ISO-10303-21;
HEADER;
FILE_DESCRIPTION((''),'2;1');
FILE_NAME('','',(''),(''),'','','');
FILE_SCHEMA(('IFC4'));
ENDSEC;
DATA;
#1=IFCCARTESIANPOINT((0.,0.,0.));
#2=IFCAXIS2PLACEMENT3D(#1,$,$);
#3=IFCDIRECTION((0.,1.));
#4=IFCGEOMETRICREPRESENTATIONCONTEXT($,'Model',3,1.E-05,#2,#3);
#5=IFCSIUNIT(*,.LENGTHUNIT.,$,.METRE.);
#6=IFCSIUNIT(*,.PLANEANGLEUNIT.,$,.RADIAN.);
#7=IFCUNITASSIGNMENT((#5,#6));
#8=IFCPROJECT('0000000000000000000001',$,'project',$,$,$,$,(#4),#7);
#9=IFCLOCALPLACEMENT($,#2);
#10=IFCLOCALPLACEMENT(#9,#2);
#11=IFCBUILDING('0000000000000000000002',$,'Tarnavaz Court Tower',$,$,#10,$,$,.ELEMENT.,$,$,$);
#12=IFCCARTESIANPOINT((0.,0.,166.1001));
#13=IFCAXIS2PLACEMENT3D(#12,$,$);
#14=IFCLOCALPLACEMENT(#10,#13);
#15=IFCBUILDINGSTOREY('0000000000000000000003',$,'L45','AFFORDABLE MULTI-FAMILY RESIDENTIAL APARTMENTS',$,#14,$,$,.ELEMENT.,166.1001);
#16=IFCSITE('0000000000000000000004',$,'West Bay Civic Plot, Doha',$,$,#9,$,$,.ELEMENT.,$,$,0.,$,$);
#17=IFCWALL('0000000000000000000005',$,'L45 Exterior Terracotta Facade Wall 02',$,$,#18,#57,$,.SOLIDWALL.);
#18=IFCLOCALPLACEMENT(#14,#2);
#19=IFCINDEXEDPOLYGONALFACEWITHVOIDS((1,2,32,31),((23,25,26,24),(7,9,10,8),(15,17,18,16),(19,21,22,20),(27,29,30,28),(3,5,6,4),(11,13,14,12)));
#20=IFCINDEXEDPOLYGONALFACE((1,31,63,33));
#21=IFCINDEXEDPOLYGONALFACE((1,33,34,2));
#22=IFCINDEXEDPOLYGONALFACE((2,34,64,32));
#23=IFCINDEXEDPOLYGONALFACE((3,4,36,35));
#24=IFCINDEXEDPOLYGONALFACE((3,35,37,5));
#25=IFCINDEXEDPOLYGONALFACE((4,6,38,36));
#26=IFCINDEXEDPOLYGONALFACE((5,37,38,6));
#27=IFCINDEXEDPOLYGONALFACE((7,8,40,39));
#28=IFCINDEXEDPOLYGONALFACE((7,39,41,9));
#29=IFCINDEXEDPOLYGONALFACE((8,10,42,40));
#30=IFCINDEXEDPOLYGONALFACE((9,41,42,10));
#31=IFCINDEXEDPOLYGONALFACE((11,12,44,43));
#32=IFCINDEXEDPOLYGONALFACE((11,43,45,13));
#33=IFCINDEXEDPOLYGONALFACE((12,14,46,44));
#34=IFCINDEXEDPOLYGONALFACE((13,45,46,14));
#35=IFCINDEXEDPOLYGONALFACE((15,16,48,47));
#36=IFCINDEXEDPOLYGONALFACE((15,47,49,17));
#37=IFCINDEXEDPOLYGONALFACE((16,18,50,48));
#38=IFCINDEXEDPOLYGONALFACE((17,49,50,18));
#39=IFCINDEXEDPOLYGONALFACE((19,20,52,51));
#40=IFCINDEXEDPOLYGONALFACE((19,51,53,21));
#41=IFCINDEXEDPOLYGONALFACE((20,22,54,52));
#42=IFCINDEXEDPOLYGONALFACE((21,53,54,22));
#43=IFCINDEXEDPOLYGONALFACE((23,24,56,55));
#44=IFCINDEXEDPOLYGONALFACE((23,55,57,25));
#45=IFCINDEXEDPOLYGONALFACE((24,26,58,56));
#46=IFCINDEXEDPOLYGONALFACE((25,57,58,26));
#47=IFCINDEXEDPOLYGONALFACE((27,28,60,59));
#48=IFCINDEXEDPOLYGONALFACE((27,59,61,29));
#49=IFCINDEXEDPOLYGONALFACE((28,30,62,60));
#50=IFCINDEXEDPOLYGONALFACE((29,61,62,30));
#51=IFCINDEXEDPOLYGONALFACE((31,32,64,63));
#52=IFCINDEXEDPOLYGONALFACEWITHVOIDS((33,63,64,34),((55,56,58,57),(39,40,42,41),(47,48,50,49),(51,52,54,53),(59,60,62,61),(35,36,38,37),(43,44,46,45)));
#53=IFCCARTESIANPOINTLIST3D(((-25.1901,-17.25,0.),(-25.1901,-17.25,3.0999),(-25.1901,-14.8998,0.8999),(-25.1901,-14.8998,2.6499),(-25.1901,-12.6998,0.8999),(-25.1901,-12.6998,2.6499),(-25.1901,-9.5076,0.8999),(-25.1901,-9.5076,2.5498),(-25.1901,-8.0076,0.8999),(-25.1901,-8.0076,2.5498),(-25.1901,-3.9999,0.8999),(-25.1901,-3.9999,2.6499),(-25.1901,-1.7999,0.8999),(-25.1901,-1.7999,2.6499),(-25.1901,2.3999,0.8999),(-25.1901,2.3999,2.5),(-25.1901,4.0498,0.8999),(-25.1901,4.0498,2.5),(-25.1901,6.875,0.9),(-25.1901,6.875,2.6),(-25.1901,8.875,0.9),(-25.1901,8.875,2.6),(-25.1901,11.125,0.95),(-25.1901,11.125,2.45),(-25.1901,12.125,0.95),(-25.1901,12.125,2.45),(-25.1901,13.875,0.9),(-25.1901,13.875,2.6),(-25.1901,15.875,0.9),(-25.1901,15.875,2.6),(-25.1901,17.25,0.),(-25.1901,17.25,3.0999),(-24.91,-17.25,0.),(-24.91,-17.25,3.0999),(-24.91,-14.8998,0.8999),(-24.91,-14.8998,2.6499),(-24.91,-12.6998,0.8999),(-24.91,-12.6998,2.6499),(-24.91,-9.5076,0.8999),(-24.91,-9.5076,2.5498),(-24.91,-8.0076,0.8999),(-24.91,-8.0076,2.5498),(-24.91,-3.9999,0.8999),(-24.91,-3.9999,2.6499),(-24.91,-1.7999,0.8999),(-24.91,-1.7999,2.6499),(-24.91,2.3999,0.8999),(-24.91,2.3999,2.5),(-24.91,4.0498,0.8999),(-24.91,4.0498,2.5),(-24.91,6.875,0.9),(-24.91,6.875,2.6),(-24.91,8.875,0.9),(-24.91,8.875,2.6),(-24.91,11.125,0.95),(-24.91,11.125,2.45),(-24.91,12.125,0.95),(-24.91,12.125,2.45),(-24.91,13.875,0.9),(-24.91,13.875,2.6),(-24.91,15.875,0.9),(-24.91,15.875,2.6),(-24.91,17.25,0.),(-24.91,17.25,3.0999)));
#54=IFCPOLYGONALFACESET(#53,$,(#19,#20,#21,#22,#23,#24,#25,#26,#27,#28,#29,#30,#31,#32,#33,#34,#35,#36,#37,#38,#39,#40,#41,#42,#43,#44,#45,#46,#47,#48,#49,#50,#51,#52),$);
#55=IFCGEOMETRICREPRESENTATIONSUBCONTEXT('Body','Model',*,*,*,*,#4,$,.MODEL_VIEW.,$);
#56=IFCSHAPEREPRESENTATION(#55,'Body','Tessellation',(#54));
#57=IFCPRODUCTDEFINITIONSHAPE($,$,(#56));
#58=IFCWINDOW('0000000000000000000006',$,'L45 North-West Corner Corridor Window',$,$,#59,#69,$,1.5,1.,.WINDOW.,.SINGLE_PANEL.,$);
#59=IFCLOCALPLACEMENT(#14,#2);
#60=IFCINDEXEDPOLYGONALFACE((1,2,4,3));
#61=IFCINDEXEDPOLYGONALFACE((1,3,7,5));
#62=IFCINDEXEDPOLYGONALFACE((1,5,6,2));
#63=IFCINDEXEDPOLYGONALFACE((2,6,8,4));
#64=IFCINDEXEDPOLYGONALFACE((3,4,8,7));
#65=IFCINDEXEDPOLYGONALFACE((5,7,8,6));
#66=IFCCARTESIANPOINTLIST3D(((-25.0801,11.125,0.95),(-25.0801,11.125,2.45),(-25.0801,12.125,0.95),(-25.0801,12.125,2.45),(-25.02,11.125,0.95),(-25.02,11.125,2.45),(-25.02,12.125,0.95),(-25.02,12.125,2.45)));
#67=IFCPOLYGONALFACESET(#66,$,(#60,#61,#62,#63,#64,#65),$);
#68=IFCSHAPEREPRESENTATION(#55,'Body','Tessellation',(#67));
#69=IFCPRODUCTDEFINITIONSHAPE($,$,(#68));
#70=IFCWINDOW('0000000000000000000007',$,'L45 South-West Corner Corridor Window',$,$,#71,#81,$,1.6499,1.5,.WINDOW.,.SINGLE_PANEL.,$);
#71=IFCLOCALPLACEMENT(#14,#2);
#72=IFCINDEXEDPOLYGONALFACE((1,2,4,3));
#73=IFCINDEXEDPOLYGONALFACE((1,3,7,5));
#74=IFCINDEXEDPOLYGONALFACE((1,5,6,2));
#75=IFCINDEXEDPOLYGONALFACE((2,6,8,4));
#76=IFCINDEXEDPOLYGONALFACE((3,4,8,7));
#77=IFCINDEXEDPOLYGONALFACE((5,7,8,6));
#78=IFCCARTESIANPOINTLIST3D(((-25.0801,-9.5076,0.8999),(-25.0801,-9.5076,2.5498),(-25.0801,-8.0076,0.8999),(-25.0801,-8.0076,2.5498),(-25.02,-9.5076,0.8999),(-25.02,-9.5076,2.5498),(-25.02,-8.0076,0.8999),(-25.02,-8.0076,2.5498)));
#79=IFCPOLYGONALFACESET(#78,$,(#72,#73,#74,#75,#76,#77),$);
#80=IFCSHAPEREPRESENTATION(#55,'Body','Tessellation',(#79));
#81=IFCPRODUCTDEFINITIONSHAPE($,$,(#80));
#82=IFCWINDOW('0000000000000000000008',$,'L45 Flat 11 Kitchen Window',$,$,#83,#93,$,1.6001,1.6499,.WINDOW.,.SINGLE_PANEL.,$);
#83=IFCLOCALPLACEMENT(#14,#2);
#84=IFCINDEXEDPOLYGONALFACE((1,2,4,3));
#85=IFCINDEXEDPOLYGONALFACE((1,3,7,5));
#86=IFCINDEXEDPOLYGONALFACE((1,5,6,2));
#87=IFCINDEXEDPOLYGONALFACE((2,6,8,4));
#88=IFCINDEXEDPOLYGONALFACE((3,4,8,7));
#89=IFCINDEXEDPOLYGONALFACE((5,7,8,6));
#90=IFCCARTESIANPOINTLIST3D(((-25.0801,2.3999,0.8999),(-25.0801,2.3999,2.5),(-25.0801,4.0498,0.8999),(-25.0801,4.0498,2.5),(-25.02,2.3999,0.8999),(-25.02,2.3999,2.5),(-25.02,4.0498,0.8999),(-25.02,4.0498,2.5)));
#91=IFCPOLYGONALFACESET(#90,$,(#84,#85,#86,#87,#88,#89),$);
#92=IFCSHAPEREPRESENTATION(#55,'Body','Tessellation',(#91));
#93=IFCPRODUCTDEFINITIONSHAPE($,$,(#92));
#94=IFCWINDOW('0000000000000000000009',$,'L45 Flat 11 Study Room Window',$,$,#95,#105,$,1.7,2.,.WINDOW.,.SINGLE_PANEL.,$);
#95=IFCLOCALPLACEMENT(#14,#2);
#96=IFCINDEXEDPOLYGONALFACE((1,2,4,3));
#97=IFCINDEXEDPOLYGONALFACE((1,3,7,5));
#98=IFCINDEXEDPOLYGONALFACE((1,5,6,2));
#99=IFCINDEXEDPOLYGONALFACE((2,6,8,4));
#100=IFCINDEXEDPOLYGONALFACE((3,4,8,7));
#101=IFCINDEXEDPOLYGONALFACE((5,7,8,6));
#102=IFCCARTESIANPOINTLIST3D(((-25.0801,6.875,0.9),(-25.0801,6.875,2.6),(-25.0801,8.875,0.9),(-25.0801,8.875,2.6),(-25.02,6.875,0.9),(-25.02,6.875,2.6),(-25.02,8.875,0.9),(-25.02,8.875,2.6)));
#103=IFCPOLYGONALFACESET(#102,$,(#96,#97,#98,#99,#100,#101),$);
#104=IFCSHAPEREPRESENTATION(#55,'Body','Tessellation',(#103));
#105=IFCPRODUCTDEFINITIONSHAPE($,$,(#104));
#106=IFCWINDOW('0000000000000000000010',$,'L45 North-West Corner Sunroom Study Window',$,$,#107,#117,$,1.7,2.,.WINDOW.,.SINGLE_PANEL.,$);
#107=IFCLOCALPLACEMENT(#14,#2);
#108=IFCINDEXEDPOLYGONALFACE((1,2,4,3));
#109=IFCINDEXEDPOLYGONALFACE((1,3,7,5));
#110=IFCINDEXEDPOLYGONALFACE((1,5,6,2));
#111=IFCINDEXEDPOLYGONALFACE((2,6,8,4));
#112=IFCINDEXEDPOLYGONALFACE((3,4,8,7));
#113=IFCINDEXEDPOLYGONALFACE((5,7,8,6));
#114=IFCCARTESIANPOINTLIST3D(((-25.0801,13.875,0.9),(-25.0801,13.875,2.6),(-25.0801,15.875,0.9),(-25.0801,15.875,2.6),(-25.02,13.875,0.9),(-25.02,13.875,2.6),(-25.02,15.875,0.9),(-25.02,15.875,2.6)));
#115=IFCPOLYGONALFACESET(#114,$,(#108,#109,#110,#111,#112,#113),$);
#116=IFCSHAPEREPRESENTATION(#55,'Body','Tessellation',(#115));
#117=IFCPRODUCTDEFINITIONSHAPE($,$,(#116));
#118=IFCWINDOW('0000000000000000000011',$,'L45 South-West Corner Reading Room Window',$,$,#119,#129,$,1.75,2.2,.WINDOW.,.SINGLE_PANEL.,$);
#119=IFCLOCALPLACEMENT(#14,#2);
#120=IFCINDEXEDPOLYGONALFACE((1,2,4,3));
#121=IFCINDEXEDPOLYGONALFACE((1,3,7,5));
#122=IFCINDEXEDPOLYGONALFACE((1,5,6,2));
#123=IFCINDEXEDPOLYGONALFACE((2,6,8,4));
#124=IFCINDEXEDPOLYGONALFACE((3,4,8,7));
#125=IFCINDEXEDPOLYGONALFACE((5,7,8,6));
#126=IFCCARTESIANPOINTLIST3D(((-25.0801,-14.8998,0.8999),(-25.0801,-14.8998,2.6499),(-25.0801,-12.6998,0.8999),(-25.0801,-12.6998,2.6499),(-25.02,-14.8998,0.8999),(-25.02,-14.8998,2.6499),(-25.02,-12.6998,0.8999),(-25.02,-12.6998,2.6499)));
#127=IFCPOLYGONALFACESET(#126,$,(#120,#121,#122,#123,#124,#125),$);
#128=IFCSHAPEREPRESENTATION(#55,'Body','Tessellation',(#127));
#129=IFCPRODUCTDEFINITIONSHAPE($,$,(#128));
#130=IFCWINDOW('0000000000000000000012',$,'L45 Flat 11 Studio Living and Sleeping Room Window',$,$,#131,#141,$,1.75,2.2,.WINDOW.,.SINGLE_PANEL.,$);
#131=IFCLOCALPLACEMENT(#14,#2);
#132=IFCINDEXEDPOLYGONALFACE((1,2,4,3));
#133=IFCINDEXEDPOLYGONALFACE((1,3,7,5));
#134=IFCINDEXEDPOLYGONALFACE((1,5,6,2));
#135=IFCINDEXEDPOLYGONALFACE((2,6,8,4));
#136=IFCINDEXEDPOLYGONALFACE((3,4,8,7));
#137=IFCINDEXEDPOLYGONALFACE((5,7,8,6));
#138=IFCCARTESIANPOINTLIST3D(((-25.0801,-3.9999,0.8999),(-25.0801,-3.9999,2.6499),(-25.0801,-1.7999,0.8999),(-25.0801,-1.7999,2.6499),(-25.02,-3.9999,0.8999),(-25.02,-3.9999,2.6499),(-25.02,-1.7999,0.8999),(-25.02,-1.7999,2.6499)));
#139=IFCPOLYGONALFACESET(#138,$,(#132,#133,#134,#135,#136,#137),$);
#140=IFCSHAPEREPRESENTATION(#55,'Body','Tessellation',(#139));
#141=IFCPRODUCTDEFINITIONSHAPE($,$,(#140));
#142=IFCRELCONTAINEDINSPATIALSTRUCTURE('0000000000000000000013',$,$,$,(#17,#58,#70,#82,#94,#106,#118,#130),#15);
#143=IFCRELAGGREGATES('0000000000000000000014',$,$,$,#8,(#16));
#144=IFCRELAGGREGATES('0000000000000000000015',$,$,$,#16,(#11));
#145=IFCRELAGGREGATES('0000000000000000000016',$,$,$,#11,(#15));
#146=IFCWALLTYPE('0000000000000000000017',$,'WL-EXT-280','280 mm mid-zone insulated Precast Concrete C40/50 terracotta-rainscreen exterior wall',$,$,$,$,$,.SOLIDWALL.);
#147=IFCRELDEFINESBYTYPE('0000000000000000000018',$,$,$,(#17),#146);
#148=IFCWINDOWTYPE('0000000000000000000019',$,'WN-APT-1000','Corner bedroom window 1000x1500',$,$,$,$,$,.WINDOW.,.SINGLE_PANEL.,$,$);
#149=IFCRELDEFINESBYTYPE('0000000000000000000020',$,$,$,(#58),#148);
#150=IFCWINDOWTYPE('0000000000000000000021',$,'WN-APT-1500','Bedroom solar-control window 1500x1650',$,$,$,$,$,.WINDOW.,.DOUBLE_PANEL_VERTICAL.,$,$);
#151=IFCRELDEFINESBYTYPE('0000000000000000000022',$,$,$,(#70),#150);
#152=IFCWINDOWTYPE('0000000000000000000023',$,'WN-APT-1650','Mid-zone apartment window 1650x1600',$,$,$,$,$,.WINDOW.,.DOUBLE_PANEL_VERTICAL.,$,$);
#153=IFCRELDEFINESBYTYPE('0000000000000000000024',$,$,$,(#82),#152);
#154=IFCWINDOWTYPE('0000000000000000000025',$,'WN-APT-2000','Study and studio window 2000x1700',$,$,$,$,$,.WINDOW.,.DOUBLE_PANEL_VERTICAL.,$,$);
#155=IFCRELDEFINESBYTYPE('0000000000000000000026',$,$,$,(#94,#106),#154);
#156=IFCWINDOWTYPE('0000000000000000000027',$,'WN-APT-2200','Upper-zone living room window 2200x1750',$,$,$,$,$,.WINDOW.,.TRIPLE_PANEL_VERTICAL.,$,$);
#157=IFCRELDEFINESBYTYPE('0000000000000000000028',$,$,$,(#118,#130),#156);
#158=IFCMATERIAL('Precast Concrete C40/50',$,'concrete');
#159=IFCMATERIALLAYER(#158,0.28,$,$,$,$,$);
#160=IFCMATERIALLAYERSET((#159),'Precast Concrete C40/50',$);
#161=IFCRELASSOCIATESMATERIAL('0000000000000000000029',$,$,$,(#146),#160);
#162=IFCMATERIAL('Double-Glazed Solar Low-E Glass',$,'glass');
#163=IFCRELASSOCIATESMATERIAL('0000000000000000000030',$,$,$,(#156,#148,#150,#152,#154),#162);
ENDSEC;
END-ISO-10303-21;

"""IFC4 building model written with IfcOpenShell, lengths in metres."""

from ifc_helpers import new_model, si_unit, direction, frame, frame_2d, origin, place, context, subcontext, project, spatial, rectangle, extrude, material, layer, layer_set, type_object, element, fill, save


model = new_model("IFC4")

# Units and contexts
model_context = context("Model", 3, precision=1e-05, world=origin(), true_north=direction((0.0, 1.0)))
body_context = subcontext(model_context, "Body", "Model", "MODEL_VIEW")
ifc_project = project(units=[si_unit("LENGTHUNIT", "METRE"), si_unit("PLANEANGLEUNIT", "RADIAN")], contexts=[model_context])

# Site, building, storey
site_placement = place(None, origin())
site = spatial("IfcSite", under=ifc_project, at=site_placement, Name="West Bay Civic Plot, Doha", CompositionType="ELEMENT", RefElevation=0.0)
building_placement = place(site_placement, origin())
building = spatial("IfcBuilding", under=site, at=building_placement, Name="Tarnavaz Court Tower", CompositionType="ELEMENT")
storey_placement = place(building_placement, frame((0.0, 0.0, 166.1001)))
storey = spatial("IfcBuildingStorey", under=building, at=storey_placement, Name="L45", Description="AFFORDABLE MULTI-FAMILY RESIDENTIAL APARTMENTS", CompositionType="ELEMENT", Elevation=166.1001)

# Shared definitions
ifc_material_1 = material(Name="Precast Concrete C40/50", Category="concrete")
ifc_layer_1 = layer(ifc_material_1, 0.28)
ifc_layer_set_1 = layer_set([ifc_layer_1], Name="Precast Concrete C40/50")
wall_type_1 = type_object("IfcWallType", Name="WL-EXT-280", Description="280 mm mid-zone insulated Precast Concrete C40/50 terracotta-rainscreen exterior wall", PredefinedType="SOLIDWALL", material=ifc_layer_set_1)
ifc_material_2 = material(Name="Double-Glazed Solar Low-E Glass", Category="glass")
window_type_1 = type_object("IfcWindowType", Name="WN-APT-2200", Description="Upper-zone living room window 2200x1750", PartitioningType="TRIPLE_PANEL_VERTICAL", PredefinedType="WINDOW", material=ifc_material_2)

# Wall, openings, windows
wall_1_placement = place(storey_placement, frame((-25.05, -17.25, 0.0), z_axis=(0.0, 0.0, 1.0), x_axis=(0.0, 1.0, 0.0)))
wall_1 = element("IfcWall", 1, at=wall_1_placement, inside=storey, type_object=wall_type_1, Name="L45 Exterior Terracotta Facade Wall 02", PredefinedType="SOLIDWALL", context=body_context, shape_type="SweptSolid", body=[
    extrude(rectangle(XDim=34.5, YDim=0.28, at=frame_2d((17.25, 0.0))), origin(), (0.0, 0.0, 1.0), 3.0999),
])
opening_1_placement = place(wall_1_placement, frame((2.3501, 0.0, 0.8999)))
opening_1 = element("IfcOpeningElement", 2, at=opening_1_placement, cuts=wall_1, PredefinedType="OPENING", context=body_context, shape_type="SweptSolid", body=[
    extrude(rectangle(XDim=2.2, YDim=1.75, at=frame_2d((1.1001, 0.875))), frame((0.0, 0.1499, 0.0), z_axis=(0.0, -1.0, 0.0), x_axis=(1.0, 0.0, 0.0)), (0.0, 0.0, 1.0), 0.3),
])
opening_2_placement = place(wall_1_placement, frame((7.7424, 0.0, 0.8999)))
opening_2 = element("IfcOpeningElement", 3, at=opening_2_placement, cuts=wall_1, PredefinedType="OPENING", context=body_context, shape_type="SweptSolid", body=[
    extrude(rectangle(XDim=1.5, YDim=1.6499, at=frame_2d((0.75, 0.825))), frame((0.0, 0.1499, 0.0), z_axis=(0.0, -1.0, 0.0), x_axis=(1.0, 0.0, 0.0)), (0.0, 0.0, 1.0), 0.3),
])
opening_3_placement = place(wall_1_placement, frame((13.25, 0.0, 0.8999)))
opening_3 = element("IfcOpeningElement", 4, at=opening_3_placement, cuts=wall_1, PredefinedType="OPENING", context=body_context, shape_type="SweptSolid", body=[
    extrude(rectangle(XDim=2.2, YDim=1.75, at=frame_2d((1.1001, 0.875))), frame((0.0, 0.1499, 0.0), z_axis=(0.0, -1.0, 0.0), x_axis=(1.0, 0.0, 0.0)), (0.0, 0.0, 1.0), 0.3),
])
opening_4_placement = place(wall_1_placement, frame((19.6499, 0.0, 0.8999)))
opening_4 = element("IfcOpeningElement", 5, at=opening_4_placement, cuts=wall_1, PredefinedType="OPENING", context=body_context, shape_type="SweptSolid", body=[
    extrude(rectangle(XDim=1.6499, YDim=1.6001, at=frame_2d((0.825, 0.8))), frame((0.0, 0.1499, 0.0), z_axis=(0.0, -1.0, 0.0), x_axis=(1.0, 0.0, 0.0)), (0.0, 0.0, 1.0), 0.3),
])
opening_5_placement = place(wall_1_placement, frame((24.125, 0.0, 0.8999)))
opening_5 = element("IfcOpeningElement", 6, at=opening_5_placement, cuts=wall_1, PredefinedType="OPENING", context=body_context, shape_type="SweptSolid", body=[
    extrude(rectangle(XDim=2.0, YDim=1.7, at=frame_2d((1.0, 0.8501))), frame((0.0, 0.1499, 0.0), z_axis=(0.0, -1.0, 0.0), x_axis=(1.0, 0.0, 0.0)), (0.0, 0.0, 1.0), 0.3),
])
opening_6_placement = place(wall_1_placement, frame((28.375, 0.0, 0.95)))
opening_6 = element("IfcOpeningElement", 7, at=opening_6_placement, cuts=wall_1, PredefinedType="OPENING", context=body_context, shape_type="SweptSolid", body=[
    extrude(rectangle(XDim=1.0, YDim=1.5, at=frame_2d((0.5, 0.75))), frame((0.0, 0.1499, 0.0), z_axis=(0.0, -1.0, 0.0), x_axis=(1.0, 0.0, 0.0)), (0.0, 0.0, 1.0), 0.3),
])
opening_7_placement = place(wall_1_placement, frame((31.125, 0.0, 0.8999)))
opening_7 = element("IfcOpeningElement", 8, at=opening_7_placement, cuts=wall_1, PredefinedType="OPENING", context=body_context, shape_type="SweptSolid", body=[
    extrude(rectangle(XDim=2.0, YDim=1.7, at=frame_2d((1.0, 0.8501))), frame((0.0, 0.1499, 0.0), z_axis=(0.0, -1.0, 0.0), x_axis=(1.0, 0.0, 0.0)), (0.0, 0.0, 1.0), 0.3),
])
window_type_2 = type_object("IfcWindowType", Name="WN-APT-1000", Description="Corner bedroom window 1000x1500", PartitioningType="SINGLE_PANEL", PredefinedType="WINDOW", material=ifc_material_2)
window_1_placement = place(opening_6_placement, origin())
window_1 = element("IfcWindow", 9, at=window_1_placement, inside=storey, type_object=window_type_2, Name="L45 North-West Corner Corridor Window", OverallHeight=1.5, OverallWidth=1.0, PartitioningType="SINGLE_PANEL", PredefinedType="WINDOW", context=body_context, shape_type="SweptSolid", body=[
    extrude(rectangle(XDim=1.0, YDim=1.5, at=frame_2d((0.5, 0.75))), frame((0.0, 0.03, 0.0), z_axis=(0.0, -1.0, 0.0), x_axis=(1.0, 0.0, 0.0)), (0.0, 0.0, 1.0), 0.0601),
])
fill(opening_6, window_1)
window_type_3 = type_object("IfcWindowType", Name="WN-APT-1500", Description="Bedroom solar-control window 1500x1650", PartitioningType="DOUBLE_PANEL_VERTICAL", PredefinedType="WINDOW", material=ifc_material_2)
window_2_placement = place(opening_2_placement, origin())
window_2 = element("IfcWindow", 10, at=window_2_placement, inside=storey, type_object=window_type_3, Name="L45 South-West Corner Corridor Window", OverallHeight=1.6499, OverallWidth=1.5, PartitioningType="SINGLE_PANEL", PredefinedType="WINDOW", context=body_context, shape_type="SweptSolid", body=[
    extrude(rectangle(XDim=1.5, YDim=1.6499, at=frame_2d((0.75, 0.825))), frame((0.0, 0.03, 0.0), z_axis=(0.0, -1.0, 0.0), x_axis=(1.0, 0.0, 0.0)), (0.0, 0.0, 1.0), 0.0601),
])
fill(opening_2, window_2)
window_type_4 = type_object("IfcWindowType", Name="WN-APT-1650", Description="Mid-zone apartment window 1650x1600", PartitioningType="DOUBLE_PANEL_VERTICAL", PredefinedType="WINDOW", material=ifc_material_2)
window_3_placement = place(opening_4_placement, origin())
window_3 = element("IfcWindow", 11, at=window_3_placement, inside=storey, type_object=window_type_4, Name="L45 Flat 11 Kitchen Window", OverallHeight=1.6001, OverallWidth=1.6499, PartitioningType="SINGLE_PANEL", PredefinedType="WINDOW", context=body_context, shape_type="SweptSolid", body=[
    extrude(rectangle(XDim=1.6499, YDim=1.6001, at=frame_2d((0.825, 0.8))), frame((0.0, 0.03, 0.0), z_axis=(0.0, -1.0, 0.0), x_axis=(1.0, 0.0, 0.0)), (0.0, 0.0, 1.0), 0.0601),
])
fill(opening_4, window_3)
window_type_5 = type_object("IfcWindowType", Name="WN-APT-2000", Description="Study and studio window 2000x1700", PartitioningType="DOUBLE_PANEL_VERTICAL", PredefinedType="WINDOW", material=ifc_material_2)
window_4_placement = place(opening_5_placement, origin())
window_4 = element("IfcWindow", 12, at=window_4_placement, inside=storey, type_object=window_type_5, Name="L45 Flat 11 Study Room Window", OverallHeight=1.7, OverallWidth=2.0, PartitioningType="SINGLE_PANEL", PredefinedType="WINDOW", context=body_context, shape_type="SweptSolid", body=[
    extrude(rectangle(XDim=2.0, YDim=1.7, at=frame_2d((1.0, 0.8501))), frame((0.0, 0.03, 0.0), z_axis=(0.0, -1.0, 0.0), x_axis=(1.0, 0.0, 0.0)), (0.0, 0.0, 1.0), 0.0601),
])
fill(opening_5, window_4)
window_5_placement = place(opening_7_placement, origin())
window_5 = element("IfcWindow", 13, at=window_5_placement, inside=storey, type_object=window_type_5, Name="L45 North-West Corner Sunroom Study Window", OverallHeight=1.7, OverallWidth=2.0, PartitioningType="SINGLE_PANEL", PredefinedType="WINDOW", context=body_context, shape_type="SweptSolid", body=[
    extrude(rectangle(XDim=2.0, YDim=1.7, at=frame_2d((1.0, 0.8501))), frame((0.0, 0.03, 0.0), z_axis=(0.0, -1.0, 0.0), x_axis=(1.0, 0.0, 0.0)), (0.0, 0.0, 1.0), 0.0601),
])
fill(opening_7, window_5)
window_6_placement = place(opening_1_placement, origin())
window_6 = element("IfcWindow", 14, at=window_6_placement, inside=storey, type_object=window_type_1, Name="L45 South-West Corner Reading Room Window", OverallHeight=1.75, OverallWidth=2.2, PartitioningType="SINGLE_PANEL", PredefinedType="WINDOW", context=body_context, shape_type="SweptSolid", body=[
    extrude(rectangle(XDim=2.2, YDim=1.75, at=frame_2d((1.1001, 0.875))), frame((0.0, 0.03, 0.0), z_axis=(0.0, -1.0, 0.0), x_axis=(1.0, 0.0, 0.0)), (0.0, 0.0, 1.0), 0.0601),
])
fill(opening_1, window_6)
window_7_placement = place(opening_3_placement, origin())
window_7 = element("IfcWindow", 15, at=window_7_placement, inside=storey, type_object=window_type_1, Name="L45 Flat 11 Studio Living and Sleeping Room Window", OverallHeight=1.75, OverallWidth=2.2, PartitioningType="SINGLE_PANEL", PredefinedType="WINDOW", context=body_context, shape_type="SweptSolid", body=[
    extrude(rectangle(XDim=2.2, YDim=1.75, at=frame_2d((1.1001, 0.875))), frame((0.0, 0.03, 0.0), z_axis=(0.0, -1.0, 0.0), x_axis=(1.0, 0.0, 0.0)), (0.0, 0.0, 1.0), 0.0601),
])
fill(opening_3, window_7)

save(model, "model.ifc")
